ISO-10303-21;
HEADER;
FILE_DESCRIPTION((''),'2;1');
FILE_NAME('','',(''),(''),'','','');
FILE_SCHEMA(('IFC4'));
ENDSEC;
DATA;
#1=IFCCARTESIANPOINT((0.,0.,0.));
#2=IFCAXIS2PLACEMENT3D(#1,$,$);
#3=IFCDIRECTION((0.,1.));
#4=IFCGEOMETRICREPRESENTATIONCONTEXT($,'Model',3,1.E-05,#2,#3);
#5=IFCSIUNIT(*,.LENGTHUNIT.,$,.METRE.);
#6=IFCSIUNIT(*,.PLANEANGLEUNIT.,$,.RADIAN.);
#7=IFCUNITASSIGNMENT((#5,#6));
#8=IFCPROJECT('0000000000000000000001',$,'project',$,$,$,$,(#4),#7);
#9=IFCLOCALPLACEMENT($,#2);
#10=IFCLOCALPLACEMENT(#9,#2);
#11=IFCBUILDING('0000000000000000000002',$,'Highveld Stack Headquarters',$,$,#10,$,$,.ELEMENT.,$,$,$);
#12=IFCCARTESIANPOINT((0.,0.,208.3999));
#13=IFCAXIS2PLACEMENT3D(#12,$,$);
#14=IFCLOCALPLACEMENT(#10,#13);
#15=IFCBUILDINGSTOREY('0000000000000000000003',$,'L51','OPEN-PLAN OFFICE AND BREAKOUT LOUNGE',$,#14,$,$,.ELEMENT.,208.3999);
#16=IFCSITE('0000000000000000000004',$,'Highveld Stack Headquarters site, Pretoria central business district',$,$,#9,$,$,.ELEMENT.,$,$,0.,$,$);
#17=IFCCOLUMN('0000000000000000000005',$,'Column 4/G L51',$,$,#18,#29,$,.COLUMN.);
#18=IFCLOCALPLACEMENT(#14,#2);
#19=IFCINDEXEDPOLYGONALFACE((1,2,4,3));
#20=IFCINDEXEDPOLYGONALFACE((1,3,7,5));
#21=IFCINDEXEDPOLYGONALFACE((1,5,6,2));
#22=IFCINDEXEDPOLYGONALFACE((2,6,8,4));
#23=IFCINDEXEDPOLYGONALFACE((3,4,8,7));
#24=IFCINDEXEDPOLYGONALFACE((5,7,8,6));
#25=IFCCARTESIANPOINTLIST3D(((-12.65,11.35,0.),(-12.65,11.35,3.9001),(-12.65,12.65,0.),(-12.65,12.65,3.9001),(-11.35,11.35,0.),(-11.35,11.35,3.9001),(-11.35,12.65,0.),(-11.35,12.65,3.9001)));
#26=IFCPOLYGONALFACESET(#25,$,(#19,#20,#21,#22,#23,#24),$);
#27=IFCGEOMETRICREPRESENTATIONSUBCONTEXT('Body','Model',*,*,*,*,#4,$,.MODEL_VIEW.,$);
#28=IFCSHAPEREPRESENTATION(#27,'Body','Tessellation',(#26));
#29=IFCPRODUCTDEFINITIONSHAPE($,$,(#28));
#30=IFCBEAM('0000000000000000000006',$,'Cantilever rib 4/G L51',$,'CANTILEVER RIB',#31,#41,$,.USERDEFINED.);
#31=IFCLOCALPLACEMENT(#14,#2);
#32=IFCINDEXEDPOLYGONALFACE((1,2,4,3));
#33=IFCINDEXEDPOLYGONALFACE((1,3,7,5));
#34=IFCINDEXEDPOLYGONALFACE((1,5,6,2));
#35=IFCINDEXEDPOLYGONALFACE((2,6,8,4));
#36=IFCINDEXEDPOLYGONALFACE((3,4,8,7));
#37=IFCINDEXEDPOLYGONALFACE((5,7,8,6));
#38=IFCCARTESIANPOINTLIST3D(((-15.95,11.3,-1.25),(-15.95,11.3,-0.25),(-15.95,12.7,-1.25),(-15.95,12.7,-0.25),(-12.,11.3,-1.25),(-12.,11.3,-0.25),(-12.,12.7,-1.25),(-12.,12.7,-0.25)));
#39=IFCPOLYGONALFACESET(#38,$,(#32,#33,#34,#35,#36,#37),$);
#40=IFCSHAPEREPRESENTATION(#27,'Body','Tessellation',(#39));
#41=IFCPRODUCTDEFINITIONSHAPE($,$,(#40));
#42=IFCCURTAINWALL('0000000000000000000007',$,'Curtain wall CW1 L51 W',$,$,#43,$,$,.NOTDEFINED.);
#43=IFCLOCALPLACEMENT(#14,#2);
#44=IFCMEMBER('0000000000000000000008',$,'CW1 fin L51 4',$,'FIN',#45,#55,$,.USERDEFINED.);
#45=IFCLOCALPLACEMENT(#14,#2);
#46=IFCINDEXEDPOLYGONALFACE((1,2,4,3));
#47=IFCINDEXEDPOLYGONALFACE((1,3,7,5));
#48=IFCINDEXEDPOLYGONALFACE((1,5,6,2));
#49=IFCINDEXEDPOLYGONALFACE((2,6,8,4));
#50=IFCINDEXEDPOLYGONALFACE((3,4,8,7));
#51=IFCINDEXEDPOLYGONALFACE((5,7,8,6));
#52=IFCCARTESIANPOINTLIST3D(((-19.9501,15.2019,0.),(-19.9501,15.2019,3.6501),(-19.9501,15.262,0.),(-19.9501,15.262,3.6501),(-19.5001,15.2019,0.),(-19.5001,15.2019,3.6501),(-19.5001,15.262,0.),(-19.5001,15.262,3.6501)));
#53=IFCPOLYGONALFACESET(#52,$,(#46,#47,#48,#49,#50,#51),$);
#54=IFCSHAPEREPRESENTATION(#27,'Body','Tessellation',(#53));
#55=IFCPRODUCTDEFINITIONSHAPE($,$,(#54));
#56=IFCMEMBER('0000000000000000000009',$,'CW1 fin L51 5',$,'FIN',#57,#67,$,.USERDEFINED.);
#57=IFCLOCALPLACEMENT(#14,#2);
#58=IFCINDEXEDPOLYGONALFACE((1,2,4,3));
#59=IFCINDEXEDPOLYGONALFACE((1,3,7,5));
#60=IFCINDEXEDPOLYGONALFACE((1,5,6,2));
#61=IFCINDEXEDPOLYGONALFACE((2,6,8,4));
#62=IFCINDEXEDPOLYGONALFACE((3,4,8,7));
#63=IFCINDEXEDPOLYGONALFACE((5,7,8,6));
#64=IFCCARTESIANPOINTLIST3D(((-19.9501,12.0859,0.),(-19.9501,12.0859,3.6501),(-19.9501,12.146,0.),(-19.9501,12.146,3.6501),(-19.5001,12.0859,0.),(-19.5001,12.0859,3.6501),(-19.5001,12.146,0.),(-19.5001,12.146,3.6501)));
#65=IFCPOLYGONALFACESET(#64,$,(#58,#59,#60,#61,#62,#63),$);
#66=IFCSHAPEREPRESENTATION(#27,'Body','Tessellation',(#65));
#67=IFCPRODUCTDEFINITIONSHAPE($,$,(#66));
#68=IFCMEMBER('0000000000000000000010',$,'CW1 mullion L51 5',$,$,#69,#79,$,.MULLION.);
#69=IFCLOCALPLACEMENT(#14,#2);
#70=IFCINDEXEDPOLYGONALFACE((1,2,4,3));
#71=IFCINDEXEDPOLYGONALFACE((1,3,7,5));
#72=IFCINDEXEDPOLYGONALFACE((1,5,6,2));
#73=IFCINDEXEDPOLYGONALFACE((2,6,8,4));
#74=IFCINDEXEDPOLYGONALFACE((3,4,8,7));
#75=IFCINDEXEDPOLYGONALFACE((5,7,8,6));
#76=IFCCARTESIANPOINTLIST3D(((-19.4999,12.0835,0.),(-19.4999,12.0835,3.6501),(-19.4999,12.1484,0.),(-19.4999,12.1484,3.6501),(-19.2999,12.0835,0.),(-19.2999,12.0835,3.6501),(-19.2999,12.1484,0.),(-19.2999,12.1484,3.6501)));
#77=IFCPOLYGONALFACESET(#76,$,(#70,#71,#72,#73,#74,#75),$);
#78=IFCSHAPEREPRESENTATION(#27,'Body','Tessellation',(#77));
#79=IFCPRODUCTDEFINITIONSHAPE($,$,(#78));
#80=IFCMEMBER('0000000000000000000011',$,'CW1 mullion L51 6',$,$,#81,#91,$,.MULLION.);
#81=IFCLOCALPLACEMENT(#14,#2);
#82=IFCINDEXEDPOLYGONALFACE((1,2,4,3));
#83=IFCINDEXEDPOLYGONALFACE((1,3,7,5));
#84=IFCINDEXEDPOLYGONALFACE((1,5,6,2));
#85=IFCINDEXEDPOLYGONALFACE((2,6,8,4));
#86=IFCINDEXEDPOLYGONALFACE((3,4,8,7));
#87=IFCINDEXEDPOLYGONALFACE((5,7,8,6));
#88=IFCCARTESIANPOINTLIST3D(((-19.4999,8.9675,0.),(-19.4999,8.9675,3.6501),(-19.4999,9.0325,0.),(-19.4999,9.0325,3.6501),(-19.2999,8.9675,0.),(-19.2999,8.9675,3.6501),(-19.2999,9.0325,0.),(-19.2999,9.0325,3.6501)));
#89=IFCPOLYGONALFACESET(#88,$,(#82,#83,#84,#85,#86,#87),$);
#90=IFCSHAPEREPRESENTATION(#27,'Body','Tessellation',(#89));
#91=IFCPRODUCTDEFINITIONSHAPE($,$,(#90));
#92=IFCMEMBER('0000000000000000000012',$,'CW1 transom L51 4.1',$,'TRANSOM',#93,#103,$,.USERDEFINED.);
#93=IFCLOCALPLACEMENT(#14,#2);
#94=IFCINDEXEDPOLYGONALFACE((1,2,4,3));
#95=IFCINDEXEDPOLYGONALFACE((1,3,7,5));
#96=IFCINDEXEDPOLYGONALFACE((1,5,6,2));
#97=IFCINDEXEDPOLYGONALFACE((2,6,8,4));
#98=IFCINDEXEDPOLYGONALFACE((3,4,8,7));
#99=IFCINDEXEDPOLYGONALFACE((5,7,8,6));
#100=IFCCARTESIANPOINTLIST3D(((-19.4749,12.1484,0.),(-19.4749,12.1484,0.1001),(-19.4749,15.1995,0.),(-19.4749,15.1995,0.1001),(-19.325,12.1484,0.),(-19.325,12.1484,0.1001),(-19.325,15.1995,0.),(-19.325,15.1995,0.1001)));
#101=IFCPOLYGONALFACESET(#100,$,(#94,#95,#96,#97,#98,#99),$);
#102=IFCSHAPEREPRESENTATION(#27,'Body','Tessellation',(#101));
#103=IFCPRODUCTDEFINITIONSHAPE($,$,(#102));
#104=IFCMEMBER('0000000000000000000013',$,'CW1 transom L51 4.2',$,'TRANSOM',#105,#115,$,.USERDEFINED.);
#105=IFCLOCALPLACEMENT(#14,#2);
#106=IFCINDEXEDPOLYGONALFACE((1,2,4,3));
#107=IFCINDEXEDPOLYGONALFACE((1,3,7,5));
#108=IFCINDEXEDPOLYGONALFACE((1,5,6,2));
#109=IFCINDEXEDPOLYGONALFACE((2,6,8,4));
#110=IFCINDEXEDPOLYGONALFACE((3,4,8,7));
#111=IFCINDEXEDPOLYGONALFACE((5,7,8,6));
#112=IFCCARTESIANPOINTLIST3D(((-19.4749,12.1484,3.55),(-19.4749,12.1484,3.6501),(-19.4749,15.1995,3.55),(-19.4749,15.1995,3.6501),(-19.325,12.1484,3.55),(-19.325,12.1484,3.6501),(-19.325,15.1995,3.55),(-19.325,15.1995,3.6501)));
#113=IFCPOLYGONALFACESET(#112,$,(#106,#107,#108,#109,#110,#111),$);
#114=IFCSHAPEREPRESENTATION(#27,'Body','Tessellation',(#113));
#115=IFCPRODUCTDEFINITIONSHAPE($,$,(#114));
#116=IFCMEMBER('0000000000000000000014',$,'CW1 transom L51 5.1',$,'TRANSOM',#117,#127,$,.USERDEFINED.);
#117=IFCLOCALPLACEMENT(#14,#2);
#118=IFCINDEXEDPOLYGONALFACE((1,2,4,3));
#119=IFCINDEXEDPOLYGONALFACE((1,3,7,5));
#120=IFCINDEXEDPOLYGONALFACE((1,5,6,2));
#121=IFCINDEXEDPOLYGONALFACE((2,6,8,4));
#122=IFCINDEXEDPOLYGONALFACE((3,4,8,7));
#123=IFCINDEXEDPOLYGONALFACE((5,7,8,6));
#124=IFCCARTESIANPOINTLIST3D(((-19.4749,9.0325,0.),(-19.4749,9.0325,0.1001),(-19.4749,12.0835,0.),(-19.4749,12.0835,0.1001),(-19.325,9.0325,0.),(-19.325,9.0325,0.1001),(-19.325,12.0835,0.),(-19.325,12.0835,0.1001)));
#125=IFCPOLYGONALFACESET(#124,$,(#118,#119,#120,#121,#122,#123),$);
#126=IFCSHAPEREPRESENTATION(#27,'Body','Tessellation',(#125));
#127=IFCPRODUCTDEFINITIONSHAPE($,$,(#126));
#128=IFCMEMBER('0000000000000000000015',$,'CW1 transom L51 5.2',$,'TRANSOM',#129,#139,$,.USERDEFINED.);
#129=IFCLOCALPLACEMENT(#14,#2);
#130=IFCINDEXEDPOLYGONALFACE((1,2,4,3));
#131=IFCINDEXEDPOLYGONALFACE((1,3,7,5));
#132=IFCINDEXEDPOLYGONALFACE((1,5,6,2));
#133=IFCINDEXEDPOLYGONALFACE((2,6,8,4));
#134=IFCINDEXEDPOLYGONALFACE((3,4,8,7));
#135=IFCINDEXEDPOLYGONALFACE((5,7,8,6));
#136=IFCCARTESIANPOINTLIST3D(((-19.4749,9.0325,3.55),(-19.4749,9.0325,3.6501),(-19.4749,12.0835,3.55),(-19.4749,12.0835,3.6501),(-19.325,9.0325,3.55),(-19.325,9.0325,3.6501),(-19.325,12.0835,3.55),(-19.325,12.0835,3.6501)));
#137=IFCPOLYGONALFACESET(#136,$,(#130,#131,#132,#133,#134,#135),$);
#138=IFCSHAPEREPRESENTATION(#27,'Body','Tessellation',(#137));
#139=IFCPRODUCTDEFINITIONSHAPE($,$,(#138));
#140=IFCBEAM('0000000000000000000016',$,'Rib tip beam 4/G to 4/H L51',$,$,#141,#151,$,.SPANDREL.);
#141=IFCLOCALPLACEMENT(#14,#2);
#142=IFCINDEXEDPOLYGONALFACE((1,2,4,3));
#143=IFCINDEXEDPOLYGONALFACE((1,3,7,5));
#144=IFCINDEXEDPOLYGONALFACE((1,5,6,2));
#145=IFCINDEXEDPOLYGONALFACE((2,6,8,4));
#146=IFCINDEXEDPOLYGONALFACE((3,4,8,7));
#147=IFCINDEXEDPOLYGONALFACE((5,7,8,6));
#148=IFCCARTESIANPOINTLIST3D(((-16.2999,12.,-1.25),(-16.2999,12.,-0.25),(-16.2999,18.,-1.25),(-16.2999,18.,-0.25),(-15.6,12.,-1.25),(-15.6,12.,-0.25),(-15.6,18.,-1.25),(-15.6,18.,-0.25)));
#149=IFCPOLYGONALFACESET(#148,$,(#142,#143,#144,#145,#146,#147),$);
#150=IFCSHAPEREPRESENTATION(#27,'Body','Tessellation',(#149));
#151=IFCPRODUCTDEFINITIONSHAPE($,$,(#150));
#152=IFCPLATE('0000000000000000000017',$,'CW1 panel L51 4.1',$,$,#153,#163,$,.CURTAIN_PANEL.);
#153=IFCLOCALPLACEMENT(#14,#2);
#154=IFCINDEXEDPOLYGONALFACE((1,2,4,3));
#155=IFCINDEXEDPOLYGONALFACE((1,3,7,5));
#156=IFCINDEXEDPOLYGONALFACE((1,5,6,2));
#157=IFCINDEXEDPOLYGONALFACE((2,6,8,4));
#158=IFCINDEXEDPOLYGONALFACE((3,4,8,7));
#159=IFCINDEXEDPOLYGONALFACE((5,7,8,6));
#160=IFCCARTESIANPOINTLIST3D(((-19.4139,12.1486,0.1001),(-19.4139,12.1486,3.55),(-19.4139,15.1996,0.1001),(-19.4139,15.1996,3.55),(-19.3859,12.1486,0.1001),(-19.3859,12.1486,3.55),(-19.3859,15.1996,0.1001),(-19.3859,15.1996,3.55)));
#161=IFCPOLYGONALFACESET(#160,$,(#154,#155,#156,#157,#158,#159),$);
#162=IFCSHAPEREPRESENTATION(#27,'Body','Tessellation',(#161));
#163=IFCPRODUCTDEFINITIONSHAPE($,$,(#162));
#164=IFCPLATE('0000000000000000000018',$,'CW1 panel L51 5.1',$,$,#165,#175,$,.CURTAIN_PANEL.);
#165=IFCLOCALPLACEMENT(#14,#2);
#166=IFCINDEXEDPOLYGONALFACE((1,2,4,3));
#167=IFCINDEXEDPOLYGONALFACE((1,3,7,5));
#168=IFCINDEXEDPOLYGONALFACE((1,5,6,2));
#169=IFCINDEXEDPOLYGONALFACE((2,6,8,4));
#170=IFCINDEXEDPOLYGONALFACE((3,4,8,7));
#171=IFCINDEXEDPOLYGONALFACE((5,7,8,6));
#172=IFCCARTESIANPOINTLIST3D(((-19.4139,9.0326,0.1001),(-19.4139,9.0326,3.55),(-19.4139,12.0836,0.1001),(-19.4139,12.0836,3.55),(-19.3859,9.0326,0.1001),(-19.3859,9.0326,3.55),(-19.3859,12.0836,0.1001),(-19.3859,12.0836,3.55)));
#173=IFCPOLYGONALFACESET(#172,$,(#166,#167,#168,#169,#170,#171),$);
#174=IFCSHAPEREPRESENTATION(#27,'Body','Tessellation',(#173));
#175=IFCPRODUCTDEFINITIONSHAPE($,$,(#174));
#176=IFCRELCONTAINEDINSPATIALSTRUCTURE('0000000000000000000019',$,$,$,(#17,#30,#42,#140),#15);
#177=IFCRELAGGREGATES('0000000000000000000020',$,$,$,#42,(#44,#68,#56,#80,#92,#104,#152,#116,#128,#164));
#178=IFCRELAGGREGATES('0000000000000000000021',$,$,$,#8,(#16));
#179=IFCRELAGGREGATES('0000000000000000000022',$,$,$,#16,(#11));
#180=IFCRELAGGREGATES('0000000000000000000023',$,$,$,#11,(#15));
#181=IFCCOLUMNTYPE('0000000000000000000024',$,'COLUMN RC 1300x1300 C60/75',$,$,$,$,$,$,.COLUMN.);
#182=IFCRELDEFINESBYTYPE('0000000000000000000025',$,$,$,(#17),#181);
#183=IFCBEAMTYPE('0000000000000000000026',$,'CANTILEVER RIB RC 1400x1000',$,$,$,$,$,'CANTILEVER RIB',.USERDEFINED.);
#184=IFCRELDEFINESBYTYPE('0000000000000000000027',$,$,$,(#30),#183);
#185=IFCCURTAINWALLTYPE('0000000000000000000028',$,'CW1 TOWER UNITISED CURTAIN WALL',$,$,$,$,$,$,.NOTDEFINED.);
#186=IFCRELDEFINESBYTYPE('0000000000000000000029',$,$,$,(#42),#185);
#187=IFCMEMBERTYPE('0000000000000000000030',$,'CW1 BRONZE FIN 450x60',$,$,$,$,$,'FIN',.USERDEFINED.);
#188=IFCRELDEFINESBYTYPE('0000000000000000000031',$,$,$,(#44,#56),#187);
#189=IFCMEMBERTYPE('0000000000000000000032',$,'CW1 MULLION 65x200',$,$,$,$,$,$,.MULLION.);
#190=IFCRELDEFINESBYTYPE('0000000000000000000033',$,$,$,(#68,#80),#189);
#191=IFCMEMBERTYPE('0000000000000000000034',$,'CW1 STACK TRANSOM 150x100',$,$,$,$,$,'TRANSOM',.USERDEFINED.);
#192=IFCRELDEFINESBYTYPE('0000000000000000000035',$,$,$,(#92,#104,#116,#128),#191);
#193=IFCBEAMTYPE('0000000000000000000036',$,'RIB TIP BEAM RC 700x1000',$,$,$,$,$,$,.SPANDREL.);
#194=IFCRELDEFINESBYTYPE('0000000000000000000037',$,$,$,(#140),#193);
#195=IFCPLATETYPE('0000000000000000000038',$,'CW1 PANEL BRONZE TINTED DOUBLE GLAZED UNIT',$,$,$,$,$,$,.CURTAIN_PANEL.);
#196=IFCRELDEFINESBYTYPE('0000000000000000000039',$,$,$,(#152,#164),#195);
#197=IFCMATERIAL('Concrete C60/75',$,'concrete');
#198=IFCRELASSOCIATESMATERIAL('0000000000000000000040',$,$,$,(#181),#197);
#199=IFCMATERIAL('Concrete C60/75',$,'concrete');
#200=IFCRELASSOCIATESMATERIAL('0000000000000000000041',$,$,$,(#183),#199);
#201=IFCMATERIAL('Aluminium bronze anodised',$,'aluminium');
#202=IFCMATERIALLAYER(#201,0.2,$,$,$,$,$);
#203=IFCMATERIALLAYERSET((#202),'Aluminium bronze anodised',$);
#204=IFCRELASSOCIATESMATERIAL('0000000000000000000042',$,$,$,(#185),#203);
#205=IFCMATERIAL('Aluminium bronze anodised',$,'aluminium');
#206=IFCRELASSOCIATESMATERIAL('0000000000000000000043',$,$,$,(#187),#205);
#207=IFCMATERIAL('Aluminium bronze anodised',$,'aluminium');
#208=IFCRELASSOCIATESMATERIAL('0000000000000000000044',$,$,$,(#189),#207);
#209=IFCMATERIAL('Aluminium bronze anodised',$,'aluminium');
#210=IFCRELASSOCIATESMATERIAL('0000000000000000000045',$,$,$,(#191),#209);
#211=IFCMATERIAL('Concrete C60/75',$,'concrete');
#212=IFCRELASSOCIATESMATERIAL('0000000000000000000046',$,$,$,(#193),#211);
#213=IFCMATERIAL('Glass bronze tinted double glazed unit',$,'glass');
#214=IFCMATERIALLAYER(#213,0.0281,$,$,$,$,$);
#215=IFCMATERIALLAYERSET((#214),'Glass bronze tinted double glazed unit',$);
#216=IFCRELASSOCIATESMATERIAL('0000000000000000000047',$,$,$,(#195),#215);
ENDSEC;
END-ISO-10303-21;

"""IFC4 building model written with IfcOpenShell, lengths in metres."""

from ifc_helpers import new_model, si_unit, direction, frame, origin, origin_2d, place, context, subcontext, project, spatial, rectangle, extrude, material, layer, layer_set, material_profile, profile_set, type_object, element, aggregate, save


model = new_model("IFC4")

# Units and contexts
model_context = context("Model", 3, precision=1e-05, world=origin(), true_north=direction((0.0, 1.0)))
body_context = subcontext(model_context, "Body", "Model", "MODEL_VIEW")
ifc_project = project(units=[si_unit("LENGTHUNIT", "METRE"), si_unit("PLANEANGLEUNIT", "RADIAN")], contexts=[model_context])

# Site, building, storey
site_placement = place(None, origin())
site = spatial("IfcSite", under=ifc_project, at=site_placement, Name="Highveld Stack Headquarters site, Pretoria central business district", CompositionType="ELEMENT", RefElevation=0.0)
building_placement = place(site_placement, origin())
building = spatial("IfcBuilding", under=site, at=building_placement, Name="Highveld Stack Headquarters", CompositionType="ELEMENT")
storey_placement = place(building_placement, frame((0.0, 0.0, 208.3999)))
storey = spatial("IfcBuildingStorey", under=building, at=storey_placement, Name="L51", Description="OPEN-PLAN OFFICE AND BREAKOUT LOUNGE", CompositionType="ELEMENT", Elevation=208.3999)

# Column
ifc_material_1 = material(Name="Concrete C60/75", Category="concrete")
ifc_material_profile_1 = material_profile(ifc_material_1, rectangle(XDim=1.3, YDim=1.3, at=origin_2d()), Name="RC 1300x1300")
ifc_profile_set_1 = profile_set([ifc_material_profile_1], Name="Concrete C60/75")
column_type = type_object("IfcColumnType", Name="COLUMN RC 1300x1300 C60/75", PredefinedType="COLUMN", material=ifc_profile_set_1)
column_placement = place(storey_placement, frame((-12.0, 12.0, 0.0), z_axis=(0.0, 0.0, 1.0), x_axis=(1.0, 0.0, 0.0)))
element("IfcColumn", 1, at=column_placement, inside=storey, type_object=column_type, Name="Column 4/G L51", PredefinedType="COLUMN", context=body_context, shape_type="SweptSolid", body=[
    extrude(rectangle(XDim=1.3, YDim=1.3, at=origin_2d()), origin(), (0.0, 0.0, 1.0), 3.9001),
])

# Beam
ifc_material_2 = material(Name="Concrete C60/75", Category="concrete")
ifc_material_profile_2 = material_profile(ifc_material_2, rectangle(XDim=1.3999, YDim=1.0, at=origin_2d()), Name="RC 1400x1000")
ifc_profile_set_2 = profile_set([ifc_material_profile_2], Name="Concrete C60/75")
beam_type_1 = type_object("IfcBeamType", Name="CANTILEVER RIB RC 1400x1000", ElementType="CANTILEVER RIB", PredefinedType="USERDEFINED", material=ifc_profile_set_2)
beam_1_placement = place(storey_placement, frame((-12.0, 12.0, -0.75), z_axis=(-1.0, 0.0, 0.0), x_axis=(0.0, -1.0, 0.0)))
element("IfcBeam", 2, at=beam_1_placement, inside=storey, type_object=beam_type_1, Name="Cantilever rib 4/G L51", ObjectType="CANTILEVER RIB", PredefinedType="USERDEFINED", context=body_context, shape_type="SweptSolid", body=[
    extrude(rectangle(XDim=1.3999, YDim=1.0, at=origin_2d()), origin(), (0.0, 0.0, 1.0), 3.95),
])

# Curtain wall, members
ifc_material_3 = material(Name="Aluminium bronze anodised", Category="aluminium")
ifc_layer_1 = layer(ifc_material_3, 0.2)
ifc_layer_set_1 = layer_set([ifc_layer_1], Name="Aluminium bronze anodised")
curtain_wall_type = type_object("IfcCurtainWallType", Name="CW1 TOWER UNITISED CURTAIN WALL", PredefinedType="NOTDEFINED", material=ifc_layer_set_1)
curtain_wall_placement = place(storey_placement, origin())
curtain_wall = element("IfcCurtainWall", 3, at=curtain_wall_placement, inside=storey, type_object=curtain_wall_type, Name="Curtain wall CW1 L51 W", PredefinedType="NOTDEFINED")
ifc_material_4 = material(Name="Aluminium bronze anodised", Category="aluminium")
ifc_material_profile_3 = material_profile(ifc_material_4, rectangle(XDim=0.45, YDim=0.0601, at=origin_2d()), Name="FIN 450x60")
ifc_profile_set_3 = profile_set([ifc_material_profile_3], Name="Aluminium bronze anodised")
member_type_1 = type_object("IfcMemberType", Name="CW1 BRONZE FIN 450x60", ElementType="FIN", PredefinedType="USERDEFINED", material=ifc_profile_set_3)
member_1_placement = place(storey_placement, frame((-19.7251, 15.2319, 0.0), z_axis=(0.0, 0.0, 1.0), x_axis=(1.0, 0.0, 0.0)))
member_1 = element("IfcMember", 4, at=member_1_placement, type_object=member_type_1, Name="CW1 fin L51 4", ObjectType="FIN", PredefinedType="USERDEFINED", context=body_context, shape_type="SweptSolid", body=[
    extrude(rectangle(XDim=0.45, YDim=0.0601, at=origin_2d()), origin(), (0.0, 0.0, 1.0), 3.6501),
])
member_2_placement = place(storey_placement, frame((-19.7251, 12.116, 0.0), z_axis=(0.0, 0.0, 1.0), x_axis=(1.0, 0.0, 0.0)))
member_2 = element("IfcMember", 5, at=member_2_placement, type_object=member_type_1, Name="CW1 fin L51 5", ObjectType="FIN", PredefinedType="USERDEFINED", context=body_context, shape_type="SweptSolid", body=[
    extrude(rectangle(XDim=0.45, YDim=0.0601, at=origin_2d()), origin(), (0.0, 0.0, 1.0), 3.6501),
])
ifc_material_5 = material(Name="Aluminium bronze anodised", Category="aluminium")
ifc_material_profile_4 = material_profile(ifc_material_5, rectangle(XDim=0.2, YDim=0.0649, at=origin_2d()), Name="CW1 MULLION 65x200")
ifc_profile_set_4 = profile_set([ifc_material_profile_4], Name="Aluminium bronze anodised")
member_type_2 = type_object("IfcMemberType", Name="CW1 MULLION 65x200", PredefinedType="MULLION", material=ifc_profile_set_4)
member_3_placement = place(storey_placement, frame((-19.3999, 12.116, 0.0), z_axis=(0.0, 0.0, 1.0), x_axis=(1.0, 0.0, 0.0)))
member_3 = element("IfcMember", 6, at=member_3_placement, type_object=member_type_2, Name="CW1 mullion L51 5", PredefinedType="MULLION", context=body_context, shape_type="SweptSolid", body=[
    extrude(rectangle(XDim=0.2, YDim=0.0649, at=origin_2d()), origin(), (0.0, 0.0, 1.0), 3.6501),
])
member_4_placement = place(storey_placement, frame((-19.3999, 9.0, 0.0), z_axis=(0.0, 0.0, 1.0), x_axis=(1.0, 0.0, 0.0)))
member_4 = element("IfcMember", 7, at=member_4_placement, type_object=member_type_2, Name="CW1 mullion L51 6", PredefinedType="MULLION", context=body_context, shape_type="SweptSolid", body=[
    extrude(rectangle(XDim=0.2, YDim=0.0649, at=origin_2d()), origin(), (0.0, 0.0, 1.0), 3.6501),
])
ifc_material_6 = material(Name="Aluminium bronze anodised", Category="aluminium")
ifc_material_profile_5 = material_profile(ifc_material_6, rectangle(XDim=0.1499, YDim=0.1001, at=origin_2d()), Name="CW1 TRANSOM 150x100")
ifc_profile_set_5 = profile_set([ifc_material_profile_5], Name="Aluminium bronze anodised")
member_type_3 = type_object("IfcMemberType", Name="CW1 STACK TRANSOM 150x100", ElementType="TRANSOM", PredefinedType="USERDEFINED", material=ifc_profile_set_5)
member_5_placement = place(storey_placement, frame((-19.3999, 15.1995, 0.05), z_axis=(0.0, -1.0, 0.0), x_axis=(1.0, 0.0, 0.0)))
member_5 = element("IfcMember", 8, at=member_5_placement, type_object=member_type_3, Name="CW1 transom L51 4.1", ObjectType="TRANSOM", PredefinedType="USERDEFINED", context=body_context, shape_type="SweptSolid", body=[
    extrude(rectangle(XDim=0.1499, YDim=0.1001, at=origin_2d()), origin(), (0.0, 0.0, 1.0), 3.051),
])
member_6_placement = place(storey_placement, frame((-19.3999, 15.1995, 3.6001), z_axis=(0.0, -1.0, 0.0), x_axis=(1.0, 0.0, 0.0)))
member_6 = element("IfcMember", 9, at=member_6_placement, type_object=member_type_3, Name="CW1 transom L51 4.2", ObjectType="TRANSOM", PredefinedType="USERDEFINED", context=body_context, shape_type="SweptSolid", body=[
    extrude(rectangle(XDim=0.1499, YDim=0.1001, at=origin_2d()), origin(), (0.0, 0.0, 1.0), 3.051),
])
member_7_placement = place(storey_placement, frame((-19.3999, 12.0835, 0.05), z_axis=(0.0, -1.0, 0.0), x_axis=(1.0, 0.0, 0.0)))
member_7 = element("IfcMember", 10, at=member_7_placement, type_object=member_type_3, Name="CW1 transom L51 5.1", ObjectType="TRANSOM", PredefinedType="USERDEFINED", context=body_context, shape_type="SweptSolid", body=[
    extrude(rectangle(XDim=0.1499, YDim=0.1001, at=origin_2d()), origin(), (0.0, 0.0, 1.0), 3.051),
])
member_8_placement = place(storey_placement, frame((-19.3999, 12.0835, 3.6001), z_axis=(0.0, -1.0, 0.0), x_axis=(1.0, 0.0, 0.0)))
member_8 = element("IfcMember", 11, at=member_8_placement, type_object=member_type_3, Name="CW1 transom L51 5.2", ObjectType="TRANSOM", PredefinedType="USERDEFINED", context=body_context, shape_type="SweptSolid", body=[
    extrude(rectangle(XDim=0.1499, YDim=0.1001, at=origin_2d()), origin(), (0.0, 0.0, 1.0), 3.051),
])

# Beam
ifc_material_7 = material(Name="Concrete C60/75", Category="concrete")
ifc_material_profile_6 = material_profile(ifc_material_7, rectangle(XDim=0.7, YDim=1.0, at=origin_2d()), Name="RC 700x1000")
ifc_profile_set_6 = profile_set([ifc_material_profile_6], Name="Concrete C60/75")
beam_type_2 = type_object("IfcBeamType", Name="RIB TIP BEAM RC 700x1000", PredefinedType="SPANDREL", material=ifc_profile_set_6)
beam_2_placement = place(storey_placement, frame((-15.95, 12.0, -0.75), z_axis=(0.0, 1.0, 0.0), x_axis=(-1.0, 0.0, 0.0)))
element("IfcBeam", 12, at=beam_2_placement, inside=storey, type_object=beam_type_2, Name="Rib tip beam 4/G to 4/H L51", PredefinedType="SPANDREL", context=body_context, shape_type="SweptSolid", body=[
    extrude(rectangle(XDim=0.7, YDim=1.0, at=origin_2d()), origin(), (0.0, 0.0, 1.0), 6.0),
])

# Plates
ifc_material_8 = material(Name="Glass bronze tinted double glazed unit", Category="glass")
ifc_layer_2 = layer(ifc_material_8, 0.0281)
ifc_layer_set_2 = layer_set([ifc_layer_2], Name="Glass bronze tinted double glazed unit")
plate_type = type_object("IfcPlateType", Name="CW1 PANEL BRONZE TINTED DOUBLE GLAZED UNIT", PredefinedType="CURTAIN_PANEL", material=ifc_layer_set_2)
plate_1_placement = place(storey_placement, frame((-19.3999, 13.6741, 0.1001), z_axis=(0.0, 0.0, 1.0), x_axis=(0.0, -1.0, 0.0)))
plate_1 = element("IfcPlate", 13, at=plate_1_placement, type_object=plate_type, Name="CW1 panel L51 4.1", PredefinedType="CURTAIN_PANEL", context=body_context, shape_type="SweptSolid", body=[
    extrude(rectangle(XDim=3.051, YDim=0.0281, at=origin_2d()), origin(), (0.0, 0.0, 1.0), 3.45),
])
plate_2_placement = place(storey_placement, frame((-19.3999, 10.5581, 0.1001), z_axis=(0.0, 0.0, 1.0), x_axis=(0.0, -1.0, 0.0)))
plate_2 = element("IfcPlate", 14, at=plate_2_placement, type_object=plate_type, Name="CW1 panel L51 5.1", PredefinedType="CURTAIN_PANEL", context=body_context, shape_type="SweptSolid", body=[
    extrude(rectangle(XDim=3.051, YDim=0.0281, at=origin_2d()), origin(), (0.0, 0.0, 1.0), 3.45),
])
aggregate(curtain_wall, [member_1, member_3, member_2, member_4, member_5, member_6, plate_1, member_7, member_8, plate_2])

save(model, "model.ifc")
